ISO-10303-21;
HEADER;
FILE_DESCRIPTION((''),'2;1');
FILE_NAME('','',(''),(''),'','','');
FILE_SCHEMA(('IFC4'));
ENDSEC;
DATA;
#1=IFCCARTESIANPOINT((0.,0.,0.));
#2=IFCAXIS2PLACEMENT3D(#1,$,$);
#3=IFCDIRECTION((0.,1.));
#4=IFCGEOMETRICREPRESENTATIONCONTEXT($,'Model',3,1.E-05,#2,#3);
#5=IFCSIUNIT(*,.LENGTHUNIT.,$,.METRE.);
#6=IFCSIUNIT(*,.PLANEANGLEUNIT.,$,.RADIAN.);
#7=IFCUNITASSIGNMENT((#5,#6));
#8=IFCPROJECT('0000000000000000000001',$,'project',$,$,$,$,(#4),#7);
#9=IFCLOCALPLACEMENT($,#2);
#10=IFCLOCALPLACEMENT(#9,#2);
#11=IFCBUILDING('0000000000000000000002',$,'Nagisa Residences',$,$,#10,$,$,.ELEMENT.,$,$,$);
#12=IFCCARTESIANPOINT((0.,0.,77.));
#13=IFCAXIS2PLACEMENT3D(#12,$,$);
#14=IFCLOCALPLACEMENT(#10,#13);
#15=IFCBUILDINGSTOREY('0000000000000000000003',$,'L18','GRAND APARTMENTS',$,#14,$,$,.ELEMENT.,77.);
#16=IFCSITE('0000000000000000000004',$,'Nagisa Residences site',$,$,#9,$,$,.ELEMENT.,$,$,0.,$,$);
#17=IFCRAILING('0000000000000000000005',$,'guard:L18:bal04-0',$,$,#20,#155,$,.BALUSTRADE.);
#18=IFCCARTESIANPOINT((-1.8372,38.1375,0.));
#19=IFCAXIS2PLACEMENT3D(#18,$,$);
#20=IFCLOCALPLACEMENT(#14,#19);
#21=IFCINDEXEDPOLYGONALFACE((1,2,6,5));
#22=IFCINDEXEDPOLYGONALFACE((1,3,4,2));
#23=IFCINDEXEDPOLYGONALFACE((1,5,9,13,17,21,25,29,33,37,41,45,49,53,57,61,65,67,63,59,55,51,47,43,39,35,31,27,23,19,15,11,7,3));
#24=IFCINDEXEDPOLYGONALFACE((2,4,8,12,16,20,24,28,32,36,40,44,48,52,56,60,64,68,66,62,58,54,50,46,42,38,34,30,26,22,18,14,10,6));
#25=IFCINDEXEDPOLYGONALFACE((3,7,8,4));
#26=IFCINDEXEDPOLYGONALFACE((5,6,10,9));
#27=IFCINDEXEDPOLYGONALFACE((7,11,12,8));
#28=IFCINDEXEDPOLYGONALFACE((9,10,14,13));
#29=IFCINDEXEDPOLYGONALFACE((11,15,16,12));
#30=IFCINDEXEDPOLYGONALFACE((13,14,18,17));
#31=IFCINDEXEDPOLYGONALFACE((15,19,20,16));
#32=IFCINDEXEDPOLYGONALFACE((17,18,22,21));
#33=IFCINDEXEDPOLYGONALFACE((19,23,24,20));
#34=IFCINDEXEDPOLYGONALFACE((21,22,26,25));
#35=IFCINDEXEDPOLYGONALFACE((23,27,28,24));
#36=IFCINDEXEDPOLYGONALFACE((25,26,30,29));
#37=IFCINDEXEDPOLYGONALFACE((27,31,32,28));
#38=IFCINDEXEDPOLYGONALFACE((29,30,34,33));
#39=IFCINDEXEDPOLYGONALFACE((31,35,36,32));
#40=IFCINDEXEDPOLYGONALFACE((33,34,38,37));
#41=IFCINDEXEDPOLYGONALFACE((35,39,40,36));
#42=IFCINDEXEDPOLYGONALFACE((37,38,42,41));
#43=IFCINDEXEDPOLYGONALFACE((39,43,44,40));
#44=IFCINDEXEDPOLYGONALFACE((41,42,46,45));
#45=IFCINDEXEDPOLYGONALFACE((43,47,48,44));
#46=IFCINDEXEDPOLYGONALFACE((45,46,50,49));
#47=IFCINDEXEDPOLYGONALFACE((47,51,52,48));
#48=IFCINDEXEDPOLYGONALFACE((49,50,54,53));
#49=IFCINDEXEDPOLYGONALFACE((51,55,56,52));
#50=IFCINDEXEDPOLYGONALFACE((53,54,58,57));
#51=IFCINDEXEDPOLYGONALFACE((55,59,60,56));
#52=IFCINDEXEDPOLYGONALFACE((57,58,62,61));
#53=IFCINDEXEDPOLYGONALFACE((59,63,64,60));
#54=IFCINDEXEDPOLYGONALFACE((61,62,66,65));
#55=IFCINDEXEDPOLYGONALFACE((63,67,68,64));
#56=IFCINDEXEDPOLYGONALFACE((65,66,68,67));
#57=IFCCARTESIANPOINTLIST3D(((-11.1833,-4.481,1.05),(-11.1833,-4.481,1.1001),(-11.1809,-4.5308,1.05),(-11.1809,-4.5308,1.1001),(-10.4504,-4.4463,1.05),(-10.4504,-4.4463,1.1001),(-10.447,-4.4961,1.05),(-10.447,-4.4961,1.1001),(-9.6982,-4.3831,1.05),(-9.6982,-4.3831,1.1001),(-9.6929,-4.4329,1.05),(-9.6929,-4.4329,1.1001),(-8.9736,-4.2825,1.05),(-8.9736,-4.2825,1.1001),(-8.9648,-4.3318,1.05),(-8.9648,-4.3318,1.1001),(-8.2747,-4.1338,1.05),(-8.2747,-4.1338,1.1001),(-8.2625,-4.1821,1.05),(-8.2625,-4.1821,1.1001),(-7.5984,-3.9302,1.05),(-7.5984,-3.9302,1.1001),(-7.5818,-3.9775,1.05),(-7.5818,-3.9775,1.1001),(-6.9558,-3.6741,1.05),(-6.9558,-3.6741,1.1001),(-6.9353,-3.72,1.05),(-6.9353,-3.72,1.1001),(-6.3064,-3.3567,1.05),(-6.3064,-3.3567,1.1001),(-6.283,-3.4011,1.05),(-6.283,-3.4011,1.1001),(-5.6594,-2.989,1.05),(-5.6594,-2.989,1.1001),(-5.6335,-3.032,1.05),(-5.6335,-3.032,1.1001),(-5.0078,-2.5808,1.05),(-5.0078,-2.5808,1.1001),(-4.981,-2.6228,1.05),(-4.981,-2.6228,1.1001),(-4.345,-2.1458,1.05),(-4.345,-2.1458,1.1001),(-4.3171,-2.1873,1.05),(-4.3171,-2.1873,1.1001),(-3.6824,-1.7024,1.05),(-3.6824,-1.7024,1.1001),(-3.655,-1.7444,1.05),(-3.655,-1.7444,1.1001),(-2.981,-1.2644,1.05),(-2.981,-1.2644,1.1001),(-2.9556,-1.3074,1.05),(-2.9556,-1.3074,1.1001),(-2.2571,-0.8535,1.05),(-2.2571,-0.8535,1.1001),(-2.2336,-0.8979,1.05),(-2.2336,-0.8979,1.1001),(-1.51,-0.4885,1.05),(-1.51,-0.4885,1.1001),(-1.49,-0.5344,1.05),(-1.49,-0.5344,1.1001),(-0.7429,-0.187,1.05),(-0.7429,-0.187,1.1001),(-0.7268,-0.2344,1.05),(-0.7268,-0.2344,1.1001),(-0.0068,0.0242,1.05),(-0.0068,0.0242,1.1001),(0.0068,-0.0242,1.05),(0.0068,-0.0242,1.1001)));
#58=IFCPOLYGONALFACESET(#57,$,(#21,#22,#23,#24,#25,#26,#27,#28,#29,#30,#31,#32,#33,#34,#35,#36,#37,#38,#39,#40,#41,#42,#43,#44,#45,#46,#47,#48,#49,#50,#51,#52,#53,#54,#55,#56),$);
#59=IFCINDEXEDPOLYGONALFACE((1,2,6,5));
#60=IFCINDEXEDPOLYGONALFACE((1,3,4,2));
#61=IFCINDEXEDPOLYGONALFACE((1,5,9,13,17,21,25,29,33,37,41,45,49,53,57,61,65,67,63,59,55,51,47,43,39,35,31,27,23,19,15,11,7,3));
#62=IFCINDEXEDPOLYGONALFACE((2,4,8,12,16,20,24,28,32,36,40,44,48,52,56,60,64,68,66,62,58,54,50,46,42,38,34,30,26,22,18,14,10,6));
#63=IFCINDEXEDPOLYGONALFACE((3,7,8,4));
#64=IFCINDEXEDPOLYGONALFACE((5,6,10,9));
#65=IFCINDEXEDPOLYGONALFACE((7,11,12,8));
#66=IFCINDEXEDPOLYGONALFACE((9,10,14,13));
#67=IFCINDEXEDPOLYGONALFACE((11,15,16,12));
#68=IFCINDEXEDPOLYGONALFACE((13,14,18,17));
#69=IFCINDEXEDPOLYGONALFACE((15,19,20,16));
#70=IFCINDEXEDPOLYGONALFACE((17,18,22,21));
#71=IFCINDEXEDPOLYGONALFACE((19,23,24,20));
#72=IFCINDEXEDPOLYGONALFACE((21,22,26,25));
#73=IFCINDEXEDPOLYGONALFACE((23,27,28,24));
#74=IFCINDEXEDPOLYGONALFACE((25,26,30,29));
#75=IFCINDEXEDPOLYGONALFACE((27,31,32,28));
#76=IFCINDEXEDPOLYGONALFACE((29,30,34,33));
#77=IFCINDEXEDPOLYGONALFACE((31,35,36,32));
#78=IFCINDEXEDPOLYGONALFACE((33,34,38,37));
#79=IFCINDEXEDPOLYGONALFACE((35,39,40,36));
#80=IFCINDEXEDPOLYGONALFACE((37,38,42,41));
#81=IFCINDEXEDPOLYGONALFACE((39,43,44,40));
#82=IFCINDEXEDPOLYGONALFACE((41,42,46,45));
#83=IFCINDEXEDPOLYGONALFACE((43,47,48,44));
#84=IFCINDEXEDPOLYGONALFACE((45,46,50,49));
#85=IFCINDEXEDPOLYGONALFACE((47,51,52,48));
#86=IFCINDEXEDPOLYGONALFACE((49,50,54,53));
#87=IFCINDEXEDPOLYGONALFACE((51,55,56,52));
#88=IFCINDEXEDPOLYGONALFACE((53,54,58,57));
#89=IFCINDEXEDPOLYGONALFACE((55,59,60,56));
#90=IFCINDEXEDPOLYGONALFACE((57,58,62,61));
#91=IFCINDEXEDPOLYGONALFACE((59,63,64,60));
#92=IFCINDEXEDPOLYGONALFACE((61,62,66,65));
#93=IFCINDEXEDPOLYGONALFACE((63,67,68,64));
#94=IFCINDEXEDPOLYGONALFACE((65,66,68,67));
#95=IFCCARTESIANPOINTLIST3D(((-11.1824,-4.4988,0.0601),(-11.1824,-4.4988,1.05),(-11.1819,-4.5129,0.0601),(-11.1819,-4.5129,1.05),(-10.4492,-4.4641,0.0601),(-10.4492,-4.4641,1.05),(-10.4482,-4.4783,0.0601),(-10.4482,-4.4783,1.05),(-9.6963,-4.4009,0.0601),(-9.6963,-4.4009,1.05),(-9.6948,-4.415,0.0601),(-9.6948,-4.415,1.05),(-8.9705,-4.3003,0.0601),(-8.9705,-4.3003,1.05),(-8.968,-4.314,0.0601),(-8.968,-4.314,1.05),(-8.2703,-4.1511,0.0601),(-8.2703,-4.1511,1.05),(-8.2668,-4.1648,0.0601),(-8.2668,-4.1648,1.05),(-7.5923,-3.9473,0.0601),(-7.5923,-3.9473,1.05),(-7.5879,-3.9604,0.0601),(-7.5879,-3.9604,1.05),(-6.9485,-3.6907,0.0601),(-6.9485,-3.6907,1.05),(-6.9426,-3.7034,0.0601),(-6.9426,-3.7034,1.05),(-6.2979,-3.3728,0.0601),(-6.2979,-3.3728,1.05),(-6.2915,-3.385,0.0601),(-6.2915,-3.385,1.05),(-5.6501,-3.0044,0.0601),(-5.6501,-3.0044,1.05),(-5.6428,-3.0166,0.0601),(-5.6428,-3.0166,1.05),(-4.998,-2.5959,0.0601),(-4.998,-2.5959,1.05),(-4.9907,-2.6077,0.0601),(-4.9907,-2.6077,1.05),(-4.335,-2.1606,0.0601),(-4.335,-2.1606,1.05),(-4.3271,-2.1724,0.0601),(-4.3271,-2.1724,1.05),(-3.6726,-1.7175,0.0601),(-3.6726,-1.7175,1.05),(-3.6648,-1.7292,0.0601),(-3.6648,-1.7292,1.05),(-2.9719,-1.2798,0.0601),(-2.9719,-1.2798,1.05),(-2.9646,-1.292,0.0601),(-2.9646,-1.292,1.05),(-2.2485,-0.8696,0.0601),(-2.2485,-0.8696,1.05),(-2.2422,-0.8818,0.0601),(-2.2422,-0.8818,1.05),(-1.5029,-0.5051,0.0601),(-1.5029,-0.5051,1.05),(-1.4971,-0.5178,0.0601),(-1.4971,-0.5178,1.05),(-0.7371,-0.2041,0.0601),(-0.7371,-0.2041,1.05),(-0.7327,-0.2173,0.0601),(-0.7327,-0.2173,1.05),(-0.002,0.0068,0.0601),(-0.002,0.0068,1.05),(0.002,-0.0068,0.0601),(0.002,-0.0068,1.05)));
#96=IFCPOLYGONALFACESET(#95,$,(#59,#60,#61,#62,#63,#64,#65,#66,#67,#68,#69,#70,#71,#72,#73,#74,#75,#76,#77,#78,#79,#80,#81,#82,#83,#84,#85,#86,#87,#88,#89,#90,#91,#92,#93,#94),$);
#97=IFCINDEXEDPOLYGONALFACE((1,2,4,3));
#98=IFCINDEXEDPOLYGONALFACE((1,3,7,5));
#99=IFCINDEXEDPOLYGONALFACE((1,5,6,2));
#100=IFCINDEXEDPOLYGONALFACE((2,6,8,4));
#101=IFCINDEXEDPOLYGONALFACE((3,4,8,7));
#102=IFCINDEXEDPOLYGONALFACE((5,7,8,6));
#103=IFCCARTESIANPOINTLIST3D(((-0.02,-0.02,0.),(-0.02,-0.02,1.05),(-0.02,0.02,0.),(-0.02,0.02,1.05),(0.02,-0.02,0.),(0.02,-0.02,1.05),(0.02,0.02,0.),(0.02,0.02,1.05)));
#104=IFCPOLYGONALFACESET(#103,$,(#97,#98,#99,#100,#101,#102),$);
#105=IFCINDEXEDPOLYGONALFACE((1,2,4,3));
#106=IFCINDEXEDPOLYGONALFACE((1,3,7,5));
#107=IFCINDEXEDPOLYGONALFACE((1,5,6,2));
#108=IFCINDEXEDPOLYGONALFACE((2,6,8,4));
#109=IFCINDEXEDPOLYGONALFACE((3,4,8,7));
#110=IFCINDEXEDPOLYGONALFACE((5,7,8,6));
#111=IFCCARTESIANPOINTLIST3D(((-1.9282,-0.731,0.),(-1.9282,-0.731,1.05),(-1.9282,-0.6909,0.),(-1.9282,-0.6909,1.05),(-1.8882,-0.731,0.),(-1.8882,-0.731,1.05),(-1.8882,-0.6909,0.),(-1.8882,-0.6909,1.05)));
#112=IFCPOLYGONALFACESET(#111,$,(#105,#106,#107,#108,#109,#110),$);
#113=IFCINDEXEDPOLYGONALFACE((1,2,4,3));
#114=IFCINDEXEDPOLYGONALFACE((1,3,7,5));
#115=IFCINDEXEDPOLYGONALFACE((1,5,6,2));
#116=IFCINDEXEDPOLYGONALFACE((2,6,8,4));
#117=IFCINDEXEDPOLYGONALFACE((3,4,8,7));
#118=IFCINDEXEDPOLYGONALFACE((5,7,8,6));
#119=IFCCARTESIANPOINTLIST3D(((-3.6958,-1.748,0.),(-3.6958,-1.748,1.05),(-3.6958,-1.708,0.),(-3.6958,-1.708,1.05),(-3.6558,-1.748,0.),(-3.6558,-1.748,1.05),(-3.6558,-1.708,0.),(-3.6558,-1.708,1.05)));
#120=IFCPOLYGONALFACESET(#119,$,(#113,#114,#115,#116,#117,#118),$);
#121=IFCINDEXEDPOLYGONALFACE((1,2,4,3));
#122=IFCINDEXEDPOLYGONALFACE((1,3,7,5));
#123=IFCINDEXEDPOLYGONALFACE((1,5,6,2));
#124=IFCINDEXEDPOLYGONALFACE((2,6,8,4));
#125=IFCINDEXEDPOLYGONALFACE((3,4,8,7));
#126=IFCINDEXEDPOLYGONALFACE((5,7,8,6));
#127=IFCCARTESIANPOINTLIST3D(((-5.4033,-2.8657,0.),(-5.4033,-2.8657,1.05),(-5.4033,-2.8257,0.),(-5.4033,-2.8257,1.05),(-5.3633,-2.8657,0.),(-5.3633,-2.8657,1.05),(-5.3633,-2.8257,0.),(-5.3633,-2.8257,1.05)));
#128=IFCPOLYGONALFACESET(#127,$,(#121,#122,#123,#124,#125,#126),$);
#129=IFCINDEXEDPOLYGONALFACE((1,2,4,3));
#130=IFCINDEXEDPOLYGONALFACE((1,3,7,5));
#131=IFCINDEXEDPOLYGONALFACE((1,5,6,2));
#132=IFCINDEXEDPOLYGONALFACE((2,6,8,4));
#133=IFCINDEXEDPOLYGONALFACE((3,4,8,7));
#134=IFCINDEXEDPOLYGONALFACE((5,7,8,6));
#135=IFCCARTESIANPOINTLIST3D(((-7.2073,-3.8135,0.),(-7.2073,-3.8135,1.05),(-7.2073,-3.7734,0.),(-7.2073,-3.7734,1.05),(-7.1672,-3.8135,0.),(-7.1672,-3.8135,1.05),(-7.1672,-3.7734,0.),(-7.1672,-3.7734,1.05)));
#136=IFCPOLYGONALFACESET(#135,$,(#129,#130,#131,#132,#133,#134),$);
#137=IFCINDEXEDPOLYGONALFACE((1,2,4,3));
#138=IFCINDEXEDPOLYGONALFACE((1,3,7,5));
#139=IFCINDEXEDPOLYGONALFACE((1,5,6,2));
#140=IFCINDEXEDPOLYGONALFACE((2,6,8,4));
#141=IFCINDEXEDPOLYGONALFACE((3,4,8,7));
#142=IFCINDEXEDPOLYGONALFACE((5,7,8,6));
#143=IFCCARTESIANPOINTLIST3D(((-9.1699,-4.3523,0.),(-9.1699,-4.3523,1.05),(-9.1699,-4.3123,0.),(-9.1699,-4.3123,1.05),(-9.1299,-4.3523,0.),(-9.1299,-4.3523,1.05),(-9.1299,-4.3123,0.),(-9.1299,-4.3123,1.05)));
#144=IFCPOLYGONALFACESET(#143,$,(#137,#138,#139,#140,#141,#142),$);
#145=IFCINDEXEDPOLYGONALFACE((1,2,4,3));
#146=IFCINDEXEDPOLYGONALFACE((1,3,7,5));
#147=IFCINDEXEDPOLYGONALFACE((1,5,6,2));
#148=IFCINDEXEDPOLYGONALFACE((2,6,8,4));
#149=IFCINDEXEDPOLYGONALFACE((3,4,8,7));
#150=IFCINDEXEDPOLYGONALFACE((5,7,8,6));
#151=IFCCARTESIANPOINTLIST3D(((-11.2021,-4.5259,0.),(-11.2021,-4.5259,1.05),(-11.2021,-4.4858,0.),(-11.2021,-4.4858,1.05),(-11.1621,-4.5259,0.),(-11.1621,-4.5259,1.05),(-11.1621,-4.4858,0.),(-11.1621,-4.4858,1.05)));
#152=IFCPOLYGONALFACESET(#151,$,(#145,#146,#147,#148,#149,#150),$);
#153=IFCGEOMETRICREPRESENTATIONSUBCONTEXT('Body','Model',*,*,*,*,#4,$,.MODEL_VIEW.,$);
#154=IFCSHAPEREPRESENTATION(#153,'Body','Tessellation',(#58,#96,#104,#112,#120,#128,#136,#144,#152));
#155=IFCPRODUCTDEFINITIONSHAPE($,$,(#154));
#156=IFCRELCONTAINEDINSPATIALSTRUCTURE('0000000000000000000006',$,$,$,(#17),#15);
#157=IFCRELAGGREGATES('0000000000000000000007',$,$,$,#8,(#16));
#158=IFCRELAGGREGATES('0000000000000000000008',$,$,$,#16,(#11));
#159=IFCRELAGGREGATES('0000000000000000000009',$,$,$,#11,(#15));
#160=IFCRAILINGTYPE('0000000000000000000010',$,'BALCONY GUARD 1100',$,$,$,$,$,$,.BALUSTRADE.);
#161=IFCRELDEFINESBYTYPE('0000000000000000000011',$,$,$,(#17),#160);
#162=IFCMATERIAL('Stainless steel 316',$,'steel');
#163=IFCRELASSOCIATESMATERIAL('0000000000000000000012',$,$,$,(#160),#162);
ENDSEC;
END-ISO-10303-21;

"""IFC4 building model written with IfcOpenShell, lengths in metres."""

from ifc_helpers import new_model, si_unit, direction, frame, origin, origin_2d, place, context, subcontext, project, spatial, polyline, rectangle, outline, extrude, material, type_object, element, save


model = new_model("IFC4")

# Units and contexts
model_context = context("Model", 3, precision=1e-05, world=origin(), true_north=direction((0.0, 1.0)))
body_context = subcontext(model_context, "Body", "Model", "MODEL_VIEW")
ifc_project = project(units=[si_unit("LENGTHUNIT", "METRE"), si_unit("PLANEANGLEUNIT", "RADIAN")], contexts=[model_context])

# Site, building, storey
site_placement = place(None, origin())
site = spatial("IfcSite", under=ifc_project, at=site_placement, Name="Nagisa Residences site", CompositionType="ELEMENT", RefElevation=0.0)
building_placement = place(site_placement, origin())
building = spatial("IfcBuilding", under=site, at=building_placement, Name="Nagisa Residences", CompositionType="ELEMENT")
storey_placement = place(building_placement, frame((0.0, 0.0, 77.0)))
storey = spatial("IfcBuildingStorey", under=building, at=storey_placement, Name="L18", Description="GRAND APARTMENTS", CompositionType="ELEMENT", Elevation=77.0)

# Railing
ifc_material_1 = material(Name="Stainless steel 316", Category="steel")
railing_type = type_object("IfcRailingType", Name="BALCONY GUARD 1100", PredefinedType="BALUSTRADE", material=ifc_material_1)
railing_placement = place(storey_placement, frame((-1.8372, 38.1375, 0.0)))
element("IfcRailing", 1, at=railing_placement, inside=storey, type_object=railing_type, Name="guard:L18:bal04-0", PredefinedType="BALUSTRADE", context=body_context, shape_type="SweptSolid", body=[
    extrude(outline(polyline([(-0.7268, -0.2344), (0.0068, -0.0242), (-0.0068, 0.0242), (-0.7429, -0.187), (-1.51, -0.4885), (-2.2571, -0.8535), (-2.981, -1.2644), (-3.6824, -1.7024), (-4.345, -2.1458), (-5.0078, -2.5808), (-5.6594, -2.989), (-6.3064, -3.3567), (-6.9558, -3.6741), (-7.5984, -3.9302), (-8.2747, -4.1338), (-8.9736, -4.2825), (-9.6982, -4.3831), (-10.4504, -4.4463), (-11.1833, -4.481), (-11.1809, -4.5308), (-10.447, -4.4961), (-9.6929, -4.4329), (-8.9648, -4.3318), (-8.2625, -4.1821), (-7.5818, -3.9775), (-6.9353, -3.72), (-6.283, -3.4011), (-5.6335, -3.032), (-4.981, -2.6228), (-4.3171, -2.1873), (-3.655, -1.7444), (-2.9556, -1.3074), (-2.2336, -0.8979), (-1.49, -0.5344), (-0.7268, -0.2344)])), frame((0.0, 0.0, 1.05)), (0.0, 0.0, 1.0), 0.05),
    extrude(outline(polyline([(-0.7327, -0.2173), (0.002, -0.0068), (-0.002, 0.0068), (-0.7371, -0.2041), (-1.5029, -0.5051), (-2.2485, -0.8696), (-2.9719, -1.2798), (-3.6726, -1.7175), (-4.335, -2.1606), (-4.998, -2.5959), (-5.6501, -3.0044), (-6.2979, -3.3728), (-6.9485, -3.6907), (-7.5923, -3.9473), (-8.2703, -4.1511), (-8.9705, -4.3003), (-9.6963, -4.4009), (-10.4492, -4.4641), (-11.1824, -4.4988), (-11.1819, -4.5129), (-10.4482, -4.4783), (-9.6948, -4.415), (-8.968, -4.314), (-8.2668, -4.1648), (-7.5879, -3.9604), (-6.9426, -3.7034), (-6.2915, -3.385), (-5.6428, -3.0166), (-4.9907, -2.6077), (-4.3271, -2.1724), (-3.6648, -1.7292), (-2.9646, -1.292), (-2.2422, -0.8818), (-1.4971, -0.5178), (-0.7327, -0.2173)])), frame((0.0, 0.0, 0.0601)), (0.0, 0.0, 1.0), 0.99),
    extrude(rectangle(XDim=0.04, YDim=0.04, at=origin_2d()), origin(), (0.0, 0.0, 1.0), 1.05),
    extrude(rectangle(XDim=0.04, YDim=0.04, at=origin_2d()), frame((-1.9082, -0.7109, 0.0)), (0.0, 0.0, 1.0), 1.05),
    extrude(rectangle(XDim=0.04, YDim=0.04, at=origin_2d()), frame((-3.6758, -1.728, 0.0)), (0.0, 0.0, 1.0), 1.05),
    extrude(rectangle(XDim=0.04, YDim=0.04, at=origin_2d()), frame((-5.3833, -2.8457, 0.0)), (0.0, 0.0, 1.0), 1.05),
    extrude(rectangle(XDim=0.04, YDim=0.04, at=origin_2d()), frame((-7.1873, -3.7935, 0.0)), (0.0, 0.0, 1.0), 1.05),
    extrude(rectangle(XDim=0.04, YDim=0.04, at=origin_2d()), frame((-9.1499, -4.3323, 0.0)), (0.0, 0.0, 1.0), 1.05),
    extrude(rectangle(XDim=0.04, YDim=0.04, at=origin_2d()), frame((-11.1821, -4.5059, 0.0)), (0.0, 0.0, 1.0), 1.05),
])

save(model, "model.ifc")
